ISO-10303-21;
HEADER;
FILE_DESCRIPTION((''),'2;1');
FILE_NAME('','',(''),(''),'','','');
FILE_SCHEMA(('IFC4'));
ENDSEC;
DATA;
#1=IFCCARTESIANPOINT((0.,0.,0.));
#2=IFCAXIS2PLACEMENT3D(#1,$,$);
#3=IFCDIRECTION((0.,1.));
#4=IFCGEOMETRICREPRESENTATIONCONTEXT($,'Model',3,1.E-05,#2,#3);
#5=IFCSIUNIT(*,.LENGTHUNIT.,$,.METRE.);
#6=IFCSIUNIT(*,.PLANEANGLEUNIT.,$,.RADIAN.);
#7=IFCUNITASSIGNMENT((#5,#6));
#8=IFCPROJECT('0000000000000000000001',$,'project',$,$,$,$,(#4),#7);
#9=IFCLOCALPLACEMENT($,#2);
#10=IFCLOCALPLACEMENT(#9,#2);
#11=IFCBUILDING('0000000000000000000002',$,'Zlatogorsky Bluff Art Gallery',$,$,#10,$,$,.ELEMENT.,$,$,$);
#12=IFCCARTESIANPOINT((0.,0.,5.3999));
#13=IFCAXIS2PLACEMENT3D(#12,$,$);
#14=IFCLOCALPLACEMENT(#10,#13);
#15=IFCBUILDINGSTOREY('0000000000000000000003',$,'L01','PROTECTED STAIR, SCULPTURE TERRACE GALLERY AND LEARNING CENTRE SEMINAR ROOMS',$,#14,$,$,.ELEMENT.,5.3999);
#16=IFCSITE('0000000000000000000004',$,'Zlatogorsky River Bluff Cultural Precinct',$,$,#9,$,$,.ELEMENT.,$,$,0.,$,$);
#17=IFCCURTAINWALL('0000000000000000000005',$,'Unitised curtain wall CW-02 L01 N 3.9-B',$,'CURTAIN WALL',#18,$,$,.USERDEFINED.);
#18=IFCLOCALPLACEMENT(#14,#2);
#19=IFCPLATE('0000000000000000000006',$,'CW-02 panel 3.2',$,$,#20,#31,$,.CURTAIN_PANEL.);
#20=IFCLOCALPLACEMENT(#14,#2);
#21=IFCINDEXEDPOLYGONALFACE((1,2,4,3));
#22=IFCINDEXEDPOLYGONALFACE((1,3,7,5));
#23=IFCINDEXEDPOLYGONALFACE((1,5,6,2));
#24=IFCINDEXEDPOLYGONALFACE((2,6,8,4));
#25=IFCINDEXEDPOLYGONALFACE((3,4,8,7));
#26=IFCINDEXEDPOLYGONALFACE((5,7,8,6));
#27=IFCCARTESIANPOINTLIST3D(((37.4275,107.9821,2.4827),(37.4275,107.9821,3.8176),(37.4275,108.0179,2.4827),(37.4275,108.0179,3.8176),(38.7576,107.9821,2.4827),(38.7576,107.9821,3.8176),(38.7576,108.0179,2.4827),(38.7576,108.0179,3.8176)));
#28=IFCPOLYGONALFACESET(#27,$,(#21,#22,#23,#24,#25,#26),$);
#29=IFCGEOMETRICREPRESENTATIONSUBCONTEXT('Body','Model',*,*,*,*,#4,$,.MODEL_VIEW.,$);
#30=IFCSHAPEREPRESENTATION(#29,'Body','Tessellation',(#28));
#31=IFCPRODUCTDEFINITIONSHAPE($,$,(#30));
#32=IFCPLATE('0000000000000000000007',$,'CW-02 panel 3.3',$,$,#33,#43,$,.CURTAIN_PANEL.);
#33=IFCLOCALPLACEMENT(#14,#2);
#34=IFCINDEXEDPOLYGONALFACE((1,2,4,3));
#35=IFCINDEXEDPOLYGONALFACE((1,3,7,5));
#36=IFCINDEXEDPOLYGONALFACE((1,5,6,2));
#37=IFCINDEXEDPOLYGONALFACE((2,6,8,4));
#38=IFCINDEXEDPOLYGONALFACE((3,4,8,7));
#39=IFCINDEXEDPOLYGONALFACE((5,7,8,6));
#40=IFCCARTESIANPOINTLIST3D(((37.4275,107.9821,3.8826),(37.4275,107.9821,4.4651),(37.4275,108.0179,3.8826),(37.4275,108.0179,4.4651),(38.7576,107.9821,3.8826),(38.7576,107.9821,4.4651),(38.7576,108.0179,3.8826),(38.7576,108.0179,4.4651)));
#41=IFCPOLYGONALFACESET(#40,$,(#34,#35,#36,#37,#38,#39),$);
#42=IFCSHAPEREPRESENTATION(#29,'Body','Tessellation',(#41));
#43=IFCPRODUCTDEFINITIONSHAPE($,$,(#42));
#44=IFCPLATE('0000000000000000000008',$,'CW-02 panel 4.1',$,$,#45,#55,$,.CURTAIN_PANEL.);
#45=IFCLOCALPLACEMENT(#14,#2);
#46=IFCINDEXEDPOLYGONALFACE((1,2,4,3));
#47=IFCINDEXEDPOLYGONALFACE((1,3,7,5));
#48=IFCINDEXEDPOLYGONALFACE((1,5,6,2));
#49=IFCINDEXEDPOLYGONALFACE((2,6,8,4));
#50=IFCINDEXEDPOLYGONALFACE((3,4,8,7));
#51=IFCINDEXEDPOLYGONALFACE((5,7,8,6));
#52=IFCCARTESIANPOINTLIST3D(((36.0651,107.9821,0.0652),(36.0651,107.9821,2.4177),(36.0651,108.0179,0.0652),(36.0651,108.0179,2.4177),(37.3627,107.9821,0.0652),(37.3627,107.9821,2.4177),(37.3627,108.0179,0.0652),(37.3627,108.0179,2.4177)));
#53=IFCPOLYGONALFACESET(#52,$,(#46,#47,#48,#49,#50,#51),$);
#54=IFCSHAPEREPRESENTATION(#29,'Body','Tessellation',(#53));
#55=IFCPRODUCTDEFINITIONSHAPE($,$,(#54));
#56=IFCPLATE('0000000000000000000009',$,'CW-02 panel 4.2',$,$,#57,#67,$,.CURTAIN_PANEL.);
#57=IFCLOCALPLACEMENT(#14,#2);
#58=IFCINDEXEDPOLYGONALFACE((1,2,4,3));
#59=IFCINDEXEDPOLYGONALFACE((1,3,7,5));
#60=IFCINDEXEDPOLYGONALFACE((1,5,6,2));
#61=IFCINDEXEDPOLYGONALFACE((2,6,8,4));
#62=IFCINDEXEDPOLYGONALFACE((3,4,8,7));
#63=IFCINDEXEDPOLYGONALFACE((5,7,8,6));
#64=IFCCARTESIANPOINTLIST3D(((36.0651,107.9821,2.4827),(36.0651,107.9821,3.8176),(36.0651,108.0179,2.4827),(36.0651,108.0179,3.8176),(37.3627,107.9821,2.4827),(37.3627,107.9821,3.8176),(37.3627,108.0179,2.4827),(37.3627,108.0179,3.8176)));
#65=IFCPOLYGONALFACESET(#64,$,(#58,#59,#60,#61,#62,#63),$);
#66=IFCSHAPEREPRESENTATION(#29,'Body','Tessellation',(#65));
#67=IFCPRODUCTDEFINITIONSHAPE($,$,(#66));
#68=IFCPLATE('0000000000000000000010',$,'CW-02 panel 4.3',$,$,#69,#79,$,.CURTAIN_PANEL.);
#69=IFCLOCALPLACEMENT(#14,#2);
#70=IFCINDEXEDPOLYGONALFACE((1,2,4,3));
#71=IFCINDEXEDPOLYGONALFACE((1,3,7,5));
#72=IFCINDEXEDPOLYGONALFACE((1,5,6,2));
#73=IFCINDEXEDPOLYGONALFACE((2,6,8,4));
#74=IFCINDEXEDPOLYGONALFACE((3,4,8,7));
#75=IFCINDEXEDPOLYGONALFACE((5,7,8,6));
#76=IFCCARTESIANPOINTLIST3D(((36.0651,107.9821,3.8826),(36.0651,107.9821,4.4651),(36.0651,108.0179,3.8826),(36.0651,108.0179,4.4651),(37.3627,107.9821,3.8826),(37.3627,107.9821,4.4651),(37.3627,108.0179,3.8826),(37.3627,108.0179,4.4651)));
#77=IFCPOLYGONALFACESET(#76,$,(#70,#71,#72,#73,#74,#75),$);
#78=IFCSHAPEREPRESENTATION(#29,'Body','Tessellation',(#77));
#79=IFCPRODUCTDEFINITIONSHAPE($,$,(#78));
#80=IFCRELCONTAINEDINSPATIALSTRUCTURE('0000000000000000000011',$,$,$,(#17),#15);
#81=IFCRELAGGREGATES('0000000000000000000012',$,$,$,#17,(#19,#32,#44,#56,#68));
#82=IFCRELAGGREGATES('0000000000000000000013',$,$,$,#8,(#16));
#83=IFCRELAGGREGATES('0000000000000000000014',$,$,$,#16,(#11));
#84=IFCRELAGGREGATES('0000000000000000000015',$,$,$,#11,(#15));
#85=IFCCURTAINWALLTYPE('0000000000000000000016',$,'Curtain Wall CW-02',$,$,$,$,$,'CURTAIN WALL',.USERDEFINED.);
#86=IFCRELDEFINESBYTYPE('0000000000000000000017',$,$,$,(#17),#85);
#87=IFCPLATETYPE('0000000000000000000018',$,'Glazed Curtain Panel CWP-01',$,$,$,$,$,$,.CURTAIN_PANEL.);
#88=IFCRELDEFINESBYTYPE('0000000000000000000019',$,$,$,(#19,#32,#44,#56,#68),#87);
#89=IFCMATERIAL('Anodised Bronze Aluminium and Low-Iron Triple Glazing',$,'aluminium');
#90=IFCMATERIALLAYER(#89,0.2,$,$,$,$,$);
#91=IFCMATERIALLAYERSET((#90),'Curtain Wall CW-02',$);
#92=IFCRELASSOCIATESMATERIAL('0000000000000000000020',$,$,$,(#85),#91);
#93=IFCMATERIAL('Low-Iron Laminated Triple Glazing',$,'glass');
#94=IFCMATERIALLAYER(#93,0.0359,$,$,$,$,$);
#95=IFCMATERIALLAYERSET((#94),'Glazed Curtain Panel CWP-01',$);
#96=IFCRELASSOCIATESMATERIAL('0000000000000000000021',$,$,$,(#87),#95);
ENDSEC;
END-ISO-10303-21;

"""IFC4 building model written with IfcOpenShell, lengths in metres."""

from ifc_helpers import new_model, si_unit, direction, frame, origin, origin_2d, place, context, subcontext, project, spatial, rectangle, extrude, material, layer, layer_set, type_object, element, aggregate, save


model = new_model("IFC4")

# Units and contexts
model_context = context("Model", 3, precision=1e-05, world=origin(), true_north=direction((0.0, 1.0)))
body_context = subcontext(model_context, "Body", "Model", "MODEL_VIEW")
ifc_project = project(units=[si_unit("LENGTHUNIT", "METRE"), si_unit("PLANEANGLEUNIT", "RADIAN")], contexts=[model_context])

# Site, building, storey
site_placement = place(None, origin())
site = spatial("IfcSite", under=ifc_project, at=site_placement, Name="Zlatogorsky River Bluff Cultural Precinct", CompositionType="ELEMENT", RefElevation=0.0)
building_placement = place(site_placement, origin())
building = spatial("IfcBuilding", under=site, at=building_placement, Name="Zlatogorsky Bluff Art Gallery", CompositionType="ELEMENT")
storey_placement = place(building_placement, frame((0.0, 0.0, 5.3999)))
storey = spatial("IfcBuildingStorey", under=building, at=storey_placement, Name="L01", Description="PROTECTED STAIR, SCULPTURE TERRACE GALLERY AND LEARNING CENTRE SEMINAR ROOMS", CompositionType="ELEMENT", Elevation=5.3999)

# Curtain wall, plates
ifc_material_1 = material(Name="Anodised Bronze Aluminium and Low-Iron Triple Glazing", Category="aluminium")
ifc_layer_1 = layer(ifc_material_1, 0.2)
ifc_layer_set_1 = layer_set([ifc_layer_1], Name="Curtain Wall CW-02")
curtain_wall_type = type_object("IfcCurtainWallType", Name="Curtain Wall CW-02", ElementType="CURTAIN WALL", PredefinedType="USERDEFINED", material=ifc_layer_set_1)
curtain_wall_placement = place(storey_placement, origin())
curtain_wall = element("IfcCurtainWall", 1, at=curtain_wall_placement, inside=storey, type_object=curtain_wall_type, Name="Unitised curtain wall CW-02 L01 N 3.9-B", ObjectType="CURTAIN WALL", PredefinedType="USERDEFINED")
ifc_material_2 = material(Name="Low-Iron Laminated Triple Glazing", Category="glass")
ifc_layer_2 = layer(ifc_material_2, 0.0359)
ifc_layer_set_2 = layer_set([ifc_layer_2], Name="Glazed Curtain Panel CWP-01")
plate_type = type_object("IfcPlateType", Name="Glazed Curtain Panel CWP-01", PredefinedType="CURTAIN_PANEL", material=ifc_layer_set_2)
plate_1_placement = place(storey_placement, frame((38.0925, 108.0, 2.4827), z_axis=(0.0, 0.0, 1.0), x_axis=(-1.0, 0.0, 0.0)))
plate_1 = element("IfcPlate", 2, at=plate_1_placement, type_object=plate_type, Name="CW-02 panel 3.2", PredefinedType="CURTAIN_PANEL", context=body_context, shape_type="SweptSolid", body=[
    extrude(rectangle(XDim=1.3301, YDim=0.0359, at=origin_2d()), origin(), (0.0, 0.0, 1.0), 1.335),
])
plate_2_placement = place(storey_placement, frame((38.0925, 108.0, 3.8826), z_axis=(0.0, 0.0, 1.0), x_axis=(-1.0, 0.0, 0.0)))
plate_2 = element("IfcPlate", 3, at=plate_2_placement, type_object=plate_type, Name="CW-02 panel 3.3", PredefinedType="CURTAIN_PANEL", context=body_context, shape_type="SweptSolid", body=[
    extrude(rectangle(XDim=1.3301, YDim=0.0359, at=origin_2d()), origin(), (0.0, 0.0, 1.0), 0.5825),
])
plate_3_placement = place(storey_placement, frame((36.7139, 108.0, 0.0652), z_axis=(0.0, 0.0, 1.0), x_axis=(-1.0, 0.0, 0.0)))
plate_3 = element("IfcPlate", 4, at=plate_3_placement, type_object=plate_type, Name="CW-02 panel 4.1", PredefinedType="CURTAIN_PANEL", context=body_context, shape_type="SweptSolid", body=[
    extrude(rectangle(XDim=1.2976, YDim=0.0359, at=origin_2d()), origin(), (0.0, 0.0, 1.0), 2.3525),
])
plate_4_placement = place(storey_placement, frame((36.7139, 108.0, 2.4827), z_axis=(0.0, 0.0, 1.0), x_axis=(-1.0, 0.0, 0.0)))
plate_4 = element("IfcPlate", 5, at=plate_4_placement, type_object=plate_type, Name="CW-02 panel 4.2", PredefinedType="CURTAIN_PANEL", context=body_context, shape_type="SweptSolid", body=[
    extrude(rectangle(XDim=1.2976, YDim=0.0359, at=origin_2d()), origin(), (0.0, 0.0, 1.0), 1.335),
])
plate_5_placement = place(storey_placement, frame((36.7139, 108.0, 3.8826), z_axis=(0.0, 0.0, 1.0), x_axis=(-1.0, 0.0, 0.0)))
plate_5 = element("IfcPlate", 6, at=plate_5_placement, type_object=plate_type, Name="CW-02 panel 4.3", PredefinedType="CURTAIN_PANEL", context=body_context, shape_type="SweptSolid", body=[
    extrude(rectangle(XDim=1.2976, YDim=0.0359, at=origin_2d()), origin(), (0.0, 0.0, 1.0), 0.5825),
])
aggregate(curtain_wall, [plate_1, plate_2, plate_3, plate_4, plate_5])

save(model, "model.ifc")
